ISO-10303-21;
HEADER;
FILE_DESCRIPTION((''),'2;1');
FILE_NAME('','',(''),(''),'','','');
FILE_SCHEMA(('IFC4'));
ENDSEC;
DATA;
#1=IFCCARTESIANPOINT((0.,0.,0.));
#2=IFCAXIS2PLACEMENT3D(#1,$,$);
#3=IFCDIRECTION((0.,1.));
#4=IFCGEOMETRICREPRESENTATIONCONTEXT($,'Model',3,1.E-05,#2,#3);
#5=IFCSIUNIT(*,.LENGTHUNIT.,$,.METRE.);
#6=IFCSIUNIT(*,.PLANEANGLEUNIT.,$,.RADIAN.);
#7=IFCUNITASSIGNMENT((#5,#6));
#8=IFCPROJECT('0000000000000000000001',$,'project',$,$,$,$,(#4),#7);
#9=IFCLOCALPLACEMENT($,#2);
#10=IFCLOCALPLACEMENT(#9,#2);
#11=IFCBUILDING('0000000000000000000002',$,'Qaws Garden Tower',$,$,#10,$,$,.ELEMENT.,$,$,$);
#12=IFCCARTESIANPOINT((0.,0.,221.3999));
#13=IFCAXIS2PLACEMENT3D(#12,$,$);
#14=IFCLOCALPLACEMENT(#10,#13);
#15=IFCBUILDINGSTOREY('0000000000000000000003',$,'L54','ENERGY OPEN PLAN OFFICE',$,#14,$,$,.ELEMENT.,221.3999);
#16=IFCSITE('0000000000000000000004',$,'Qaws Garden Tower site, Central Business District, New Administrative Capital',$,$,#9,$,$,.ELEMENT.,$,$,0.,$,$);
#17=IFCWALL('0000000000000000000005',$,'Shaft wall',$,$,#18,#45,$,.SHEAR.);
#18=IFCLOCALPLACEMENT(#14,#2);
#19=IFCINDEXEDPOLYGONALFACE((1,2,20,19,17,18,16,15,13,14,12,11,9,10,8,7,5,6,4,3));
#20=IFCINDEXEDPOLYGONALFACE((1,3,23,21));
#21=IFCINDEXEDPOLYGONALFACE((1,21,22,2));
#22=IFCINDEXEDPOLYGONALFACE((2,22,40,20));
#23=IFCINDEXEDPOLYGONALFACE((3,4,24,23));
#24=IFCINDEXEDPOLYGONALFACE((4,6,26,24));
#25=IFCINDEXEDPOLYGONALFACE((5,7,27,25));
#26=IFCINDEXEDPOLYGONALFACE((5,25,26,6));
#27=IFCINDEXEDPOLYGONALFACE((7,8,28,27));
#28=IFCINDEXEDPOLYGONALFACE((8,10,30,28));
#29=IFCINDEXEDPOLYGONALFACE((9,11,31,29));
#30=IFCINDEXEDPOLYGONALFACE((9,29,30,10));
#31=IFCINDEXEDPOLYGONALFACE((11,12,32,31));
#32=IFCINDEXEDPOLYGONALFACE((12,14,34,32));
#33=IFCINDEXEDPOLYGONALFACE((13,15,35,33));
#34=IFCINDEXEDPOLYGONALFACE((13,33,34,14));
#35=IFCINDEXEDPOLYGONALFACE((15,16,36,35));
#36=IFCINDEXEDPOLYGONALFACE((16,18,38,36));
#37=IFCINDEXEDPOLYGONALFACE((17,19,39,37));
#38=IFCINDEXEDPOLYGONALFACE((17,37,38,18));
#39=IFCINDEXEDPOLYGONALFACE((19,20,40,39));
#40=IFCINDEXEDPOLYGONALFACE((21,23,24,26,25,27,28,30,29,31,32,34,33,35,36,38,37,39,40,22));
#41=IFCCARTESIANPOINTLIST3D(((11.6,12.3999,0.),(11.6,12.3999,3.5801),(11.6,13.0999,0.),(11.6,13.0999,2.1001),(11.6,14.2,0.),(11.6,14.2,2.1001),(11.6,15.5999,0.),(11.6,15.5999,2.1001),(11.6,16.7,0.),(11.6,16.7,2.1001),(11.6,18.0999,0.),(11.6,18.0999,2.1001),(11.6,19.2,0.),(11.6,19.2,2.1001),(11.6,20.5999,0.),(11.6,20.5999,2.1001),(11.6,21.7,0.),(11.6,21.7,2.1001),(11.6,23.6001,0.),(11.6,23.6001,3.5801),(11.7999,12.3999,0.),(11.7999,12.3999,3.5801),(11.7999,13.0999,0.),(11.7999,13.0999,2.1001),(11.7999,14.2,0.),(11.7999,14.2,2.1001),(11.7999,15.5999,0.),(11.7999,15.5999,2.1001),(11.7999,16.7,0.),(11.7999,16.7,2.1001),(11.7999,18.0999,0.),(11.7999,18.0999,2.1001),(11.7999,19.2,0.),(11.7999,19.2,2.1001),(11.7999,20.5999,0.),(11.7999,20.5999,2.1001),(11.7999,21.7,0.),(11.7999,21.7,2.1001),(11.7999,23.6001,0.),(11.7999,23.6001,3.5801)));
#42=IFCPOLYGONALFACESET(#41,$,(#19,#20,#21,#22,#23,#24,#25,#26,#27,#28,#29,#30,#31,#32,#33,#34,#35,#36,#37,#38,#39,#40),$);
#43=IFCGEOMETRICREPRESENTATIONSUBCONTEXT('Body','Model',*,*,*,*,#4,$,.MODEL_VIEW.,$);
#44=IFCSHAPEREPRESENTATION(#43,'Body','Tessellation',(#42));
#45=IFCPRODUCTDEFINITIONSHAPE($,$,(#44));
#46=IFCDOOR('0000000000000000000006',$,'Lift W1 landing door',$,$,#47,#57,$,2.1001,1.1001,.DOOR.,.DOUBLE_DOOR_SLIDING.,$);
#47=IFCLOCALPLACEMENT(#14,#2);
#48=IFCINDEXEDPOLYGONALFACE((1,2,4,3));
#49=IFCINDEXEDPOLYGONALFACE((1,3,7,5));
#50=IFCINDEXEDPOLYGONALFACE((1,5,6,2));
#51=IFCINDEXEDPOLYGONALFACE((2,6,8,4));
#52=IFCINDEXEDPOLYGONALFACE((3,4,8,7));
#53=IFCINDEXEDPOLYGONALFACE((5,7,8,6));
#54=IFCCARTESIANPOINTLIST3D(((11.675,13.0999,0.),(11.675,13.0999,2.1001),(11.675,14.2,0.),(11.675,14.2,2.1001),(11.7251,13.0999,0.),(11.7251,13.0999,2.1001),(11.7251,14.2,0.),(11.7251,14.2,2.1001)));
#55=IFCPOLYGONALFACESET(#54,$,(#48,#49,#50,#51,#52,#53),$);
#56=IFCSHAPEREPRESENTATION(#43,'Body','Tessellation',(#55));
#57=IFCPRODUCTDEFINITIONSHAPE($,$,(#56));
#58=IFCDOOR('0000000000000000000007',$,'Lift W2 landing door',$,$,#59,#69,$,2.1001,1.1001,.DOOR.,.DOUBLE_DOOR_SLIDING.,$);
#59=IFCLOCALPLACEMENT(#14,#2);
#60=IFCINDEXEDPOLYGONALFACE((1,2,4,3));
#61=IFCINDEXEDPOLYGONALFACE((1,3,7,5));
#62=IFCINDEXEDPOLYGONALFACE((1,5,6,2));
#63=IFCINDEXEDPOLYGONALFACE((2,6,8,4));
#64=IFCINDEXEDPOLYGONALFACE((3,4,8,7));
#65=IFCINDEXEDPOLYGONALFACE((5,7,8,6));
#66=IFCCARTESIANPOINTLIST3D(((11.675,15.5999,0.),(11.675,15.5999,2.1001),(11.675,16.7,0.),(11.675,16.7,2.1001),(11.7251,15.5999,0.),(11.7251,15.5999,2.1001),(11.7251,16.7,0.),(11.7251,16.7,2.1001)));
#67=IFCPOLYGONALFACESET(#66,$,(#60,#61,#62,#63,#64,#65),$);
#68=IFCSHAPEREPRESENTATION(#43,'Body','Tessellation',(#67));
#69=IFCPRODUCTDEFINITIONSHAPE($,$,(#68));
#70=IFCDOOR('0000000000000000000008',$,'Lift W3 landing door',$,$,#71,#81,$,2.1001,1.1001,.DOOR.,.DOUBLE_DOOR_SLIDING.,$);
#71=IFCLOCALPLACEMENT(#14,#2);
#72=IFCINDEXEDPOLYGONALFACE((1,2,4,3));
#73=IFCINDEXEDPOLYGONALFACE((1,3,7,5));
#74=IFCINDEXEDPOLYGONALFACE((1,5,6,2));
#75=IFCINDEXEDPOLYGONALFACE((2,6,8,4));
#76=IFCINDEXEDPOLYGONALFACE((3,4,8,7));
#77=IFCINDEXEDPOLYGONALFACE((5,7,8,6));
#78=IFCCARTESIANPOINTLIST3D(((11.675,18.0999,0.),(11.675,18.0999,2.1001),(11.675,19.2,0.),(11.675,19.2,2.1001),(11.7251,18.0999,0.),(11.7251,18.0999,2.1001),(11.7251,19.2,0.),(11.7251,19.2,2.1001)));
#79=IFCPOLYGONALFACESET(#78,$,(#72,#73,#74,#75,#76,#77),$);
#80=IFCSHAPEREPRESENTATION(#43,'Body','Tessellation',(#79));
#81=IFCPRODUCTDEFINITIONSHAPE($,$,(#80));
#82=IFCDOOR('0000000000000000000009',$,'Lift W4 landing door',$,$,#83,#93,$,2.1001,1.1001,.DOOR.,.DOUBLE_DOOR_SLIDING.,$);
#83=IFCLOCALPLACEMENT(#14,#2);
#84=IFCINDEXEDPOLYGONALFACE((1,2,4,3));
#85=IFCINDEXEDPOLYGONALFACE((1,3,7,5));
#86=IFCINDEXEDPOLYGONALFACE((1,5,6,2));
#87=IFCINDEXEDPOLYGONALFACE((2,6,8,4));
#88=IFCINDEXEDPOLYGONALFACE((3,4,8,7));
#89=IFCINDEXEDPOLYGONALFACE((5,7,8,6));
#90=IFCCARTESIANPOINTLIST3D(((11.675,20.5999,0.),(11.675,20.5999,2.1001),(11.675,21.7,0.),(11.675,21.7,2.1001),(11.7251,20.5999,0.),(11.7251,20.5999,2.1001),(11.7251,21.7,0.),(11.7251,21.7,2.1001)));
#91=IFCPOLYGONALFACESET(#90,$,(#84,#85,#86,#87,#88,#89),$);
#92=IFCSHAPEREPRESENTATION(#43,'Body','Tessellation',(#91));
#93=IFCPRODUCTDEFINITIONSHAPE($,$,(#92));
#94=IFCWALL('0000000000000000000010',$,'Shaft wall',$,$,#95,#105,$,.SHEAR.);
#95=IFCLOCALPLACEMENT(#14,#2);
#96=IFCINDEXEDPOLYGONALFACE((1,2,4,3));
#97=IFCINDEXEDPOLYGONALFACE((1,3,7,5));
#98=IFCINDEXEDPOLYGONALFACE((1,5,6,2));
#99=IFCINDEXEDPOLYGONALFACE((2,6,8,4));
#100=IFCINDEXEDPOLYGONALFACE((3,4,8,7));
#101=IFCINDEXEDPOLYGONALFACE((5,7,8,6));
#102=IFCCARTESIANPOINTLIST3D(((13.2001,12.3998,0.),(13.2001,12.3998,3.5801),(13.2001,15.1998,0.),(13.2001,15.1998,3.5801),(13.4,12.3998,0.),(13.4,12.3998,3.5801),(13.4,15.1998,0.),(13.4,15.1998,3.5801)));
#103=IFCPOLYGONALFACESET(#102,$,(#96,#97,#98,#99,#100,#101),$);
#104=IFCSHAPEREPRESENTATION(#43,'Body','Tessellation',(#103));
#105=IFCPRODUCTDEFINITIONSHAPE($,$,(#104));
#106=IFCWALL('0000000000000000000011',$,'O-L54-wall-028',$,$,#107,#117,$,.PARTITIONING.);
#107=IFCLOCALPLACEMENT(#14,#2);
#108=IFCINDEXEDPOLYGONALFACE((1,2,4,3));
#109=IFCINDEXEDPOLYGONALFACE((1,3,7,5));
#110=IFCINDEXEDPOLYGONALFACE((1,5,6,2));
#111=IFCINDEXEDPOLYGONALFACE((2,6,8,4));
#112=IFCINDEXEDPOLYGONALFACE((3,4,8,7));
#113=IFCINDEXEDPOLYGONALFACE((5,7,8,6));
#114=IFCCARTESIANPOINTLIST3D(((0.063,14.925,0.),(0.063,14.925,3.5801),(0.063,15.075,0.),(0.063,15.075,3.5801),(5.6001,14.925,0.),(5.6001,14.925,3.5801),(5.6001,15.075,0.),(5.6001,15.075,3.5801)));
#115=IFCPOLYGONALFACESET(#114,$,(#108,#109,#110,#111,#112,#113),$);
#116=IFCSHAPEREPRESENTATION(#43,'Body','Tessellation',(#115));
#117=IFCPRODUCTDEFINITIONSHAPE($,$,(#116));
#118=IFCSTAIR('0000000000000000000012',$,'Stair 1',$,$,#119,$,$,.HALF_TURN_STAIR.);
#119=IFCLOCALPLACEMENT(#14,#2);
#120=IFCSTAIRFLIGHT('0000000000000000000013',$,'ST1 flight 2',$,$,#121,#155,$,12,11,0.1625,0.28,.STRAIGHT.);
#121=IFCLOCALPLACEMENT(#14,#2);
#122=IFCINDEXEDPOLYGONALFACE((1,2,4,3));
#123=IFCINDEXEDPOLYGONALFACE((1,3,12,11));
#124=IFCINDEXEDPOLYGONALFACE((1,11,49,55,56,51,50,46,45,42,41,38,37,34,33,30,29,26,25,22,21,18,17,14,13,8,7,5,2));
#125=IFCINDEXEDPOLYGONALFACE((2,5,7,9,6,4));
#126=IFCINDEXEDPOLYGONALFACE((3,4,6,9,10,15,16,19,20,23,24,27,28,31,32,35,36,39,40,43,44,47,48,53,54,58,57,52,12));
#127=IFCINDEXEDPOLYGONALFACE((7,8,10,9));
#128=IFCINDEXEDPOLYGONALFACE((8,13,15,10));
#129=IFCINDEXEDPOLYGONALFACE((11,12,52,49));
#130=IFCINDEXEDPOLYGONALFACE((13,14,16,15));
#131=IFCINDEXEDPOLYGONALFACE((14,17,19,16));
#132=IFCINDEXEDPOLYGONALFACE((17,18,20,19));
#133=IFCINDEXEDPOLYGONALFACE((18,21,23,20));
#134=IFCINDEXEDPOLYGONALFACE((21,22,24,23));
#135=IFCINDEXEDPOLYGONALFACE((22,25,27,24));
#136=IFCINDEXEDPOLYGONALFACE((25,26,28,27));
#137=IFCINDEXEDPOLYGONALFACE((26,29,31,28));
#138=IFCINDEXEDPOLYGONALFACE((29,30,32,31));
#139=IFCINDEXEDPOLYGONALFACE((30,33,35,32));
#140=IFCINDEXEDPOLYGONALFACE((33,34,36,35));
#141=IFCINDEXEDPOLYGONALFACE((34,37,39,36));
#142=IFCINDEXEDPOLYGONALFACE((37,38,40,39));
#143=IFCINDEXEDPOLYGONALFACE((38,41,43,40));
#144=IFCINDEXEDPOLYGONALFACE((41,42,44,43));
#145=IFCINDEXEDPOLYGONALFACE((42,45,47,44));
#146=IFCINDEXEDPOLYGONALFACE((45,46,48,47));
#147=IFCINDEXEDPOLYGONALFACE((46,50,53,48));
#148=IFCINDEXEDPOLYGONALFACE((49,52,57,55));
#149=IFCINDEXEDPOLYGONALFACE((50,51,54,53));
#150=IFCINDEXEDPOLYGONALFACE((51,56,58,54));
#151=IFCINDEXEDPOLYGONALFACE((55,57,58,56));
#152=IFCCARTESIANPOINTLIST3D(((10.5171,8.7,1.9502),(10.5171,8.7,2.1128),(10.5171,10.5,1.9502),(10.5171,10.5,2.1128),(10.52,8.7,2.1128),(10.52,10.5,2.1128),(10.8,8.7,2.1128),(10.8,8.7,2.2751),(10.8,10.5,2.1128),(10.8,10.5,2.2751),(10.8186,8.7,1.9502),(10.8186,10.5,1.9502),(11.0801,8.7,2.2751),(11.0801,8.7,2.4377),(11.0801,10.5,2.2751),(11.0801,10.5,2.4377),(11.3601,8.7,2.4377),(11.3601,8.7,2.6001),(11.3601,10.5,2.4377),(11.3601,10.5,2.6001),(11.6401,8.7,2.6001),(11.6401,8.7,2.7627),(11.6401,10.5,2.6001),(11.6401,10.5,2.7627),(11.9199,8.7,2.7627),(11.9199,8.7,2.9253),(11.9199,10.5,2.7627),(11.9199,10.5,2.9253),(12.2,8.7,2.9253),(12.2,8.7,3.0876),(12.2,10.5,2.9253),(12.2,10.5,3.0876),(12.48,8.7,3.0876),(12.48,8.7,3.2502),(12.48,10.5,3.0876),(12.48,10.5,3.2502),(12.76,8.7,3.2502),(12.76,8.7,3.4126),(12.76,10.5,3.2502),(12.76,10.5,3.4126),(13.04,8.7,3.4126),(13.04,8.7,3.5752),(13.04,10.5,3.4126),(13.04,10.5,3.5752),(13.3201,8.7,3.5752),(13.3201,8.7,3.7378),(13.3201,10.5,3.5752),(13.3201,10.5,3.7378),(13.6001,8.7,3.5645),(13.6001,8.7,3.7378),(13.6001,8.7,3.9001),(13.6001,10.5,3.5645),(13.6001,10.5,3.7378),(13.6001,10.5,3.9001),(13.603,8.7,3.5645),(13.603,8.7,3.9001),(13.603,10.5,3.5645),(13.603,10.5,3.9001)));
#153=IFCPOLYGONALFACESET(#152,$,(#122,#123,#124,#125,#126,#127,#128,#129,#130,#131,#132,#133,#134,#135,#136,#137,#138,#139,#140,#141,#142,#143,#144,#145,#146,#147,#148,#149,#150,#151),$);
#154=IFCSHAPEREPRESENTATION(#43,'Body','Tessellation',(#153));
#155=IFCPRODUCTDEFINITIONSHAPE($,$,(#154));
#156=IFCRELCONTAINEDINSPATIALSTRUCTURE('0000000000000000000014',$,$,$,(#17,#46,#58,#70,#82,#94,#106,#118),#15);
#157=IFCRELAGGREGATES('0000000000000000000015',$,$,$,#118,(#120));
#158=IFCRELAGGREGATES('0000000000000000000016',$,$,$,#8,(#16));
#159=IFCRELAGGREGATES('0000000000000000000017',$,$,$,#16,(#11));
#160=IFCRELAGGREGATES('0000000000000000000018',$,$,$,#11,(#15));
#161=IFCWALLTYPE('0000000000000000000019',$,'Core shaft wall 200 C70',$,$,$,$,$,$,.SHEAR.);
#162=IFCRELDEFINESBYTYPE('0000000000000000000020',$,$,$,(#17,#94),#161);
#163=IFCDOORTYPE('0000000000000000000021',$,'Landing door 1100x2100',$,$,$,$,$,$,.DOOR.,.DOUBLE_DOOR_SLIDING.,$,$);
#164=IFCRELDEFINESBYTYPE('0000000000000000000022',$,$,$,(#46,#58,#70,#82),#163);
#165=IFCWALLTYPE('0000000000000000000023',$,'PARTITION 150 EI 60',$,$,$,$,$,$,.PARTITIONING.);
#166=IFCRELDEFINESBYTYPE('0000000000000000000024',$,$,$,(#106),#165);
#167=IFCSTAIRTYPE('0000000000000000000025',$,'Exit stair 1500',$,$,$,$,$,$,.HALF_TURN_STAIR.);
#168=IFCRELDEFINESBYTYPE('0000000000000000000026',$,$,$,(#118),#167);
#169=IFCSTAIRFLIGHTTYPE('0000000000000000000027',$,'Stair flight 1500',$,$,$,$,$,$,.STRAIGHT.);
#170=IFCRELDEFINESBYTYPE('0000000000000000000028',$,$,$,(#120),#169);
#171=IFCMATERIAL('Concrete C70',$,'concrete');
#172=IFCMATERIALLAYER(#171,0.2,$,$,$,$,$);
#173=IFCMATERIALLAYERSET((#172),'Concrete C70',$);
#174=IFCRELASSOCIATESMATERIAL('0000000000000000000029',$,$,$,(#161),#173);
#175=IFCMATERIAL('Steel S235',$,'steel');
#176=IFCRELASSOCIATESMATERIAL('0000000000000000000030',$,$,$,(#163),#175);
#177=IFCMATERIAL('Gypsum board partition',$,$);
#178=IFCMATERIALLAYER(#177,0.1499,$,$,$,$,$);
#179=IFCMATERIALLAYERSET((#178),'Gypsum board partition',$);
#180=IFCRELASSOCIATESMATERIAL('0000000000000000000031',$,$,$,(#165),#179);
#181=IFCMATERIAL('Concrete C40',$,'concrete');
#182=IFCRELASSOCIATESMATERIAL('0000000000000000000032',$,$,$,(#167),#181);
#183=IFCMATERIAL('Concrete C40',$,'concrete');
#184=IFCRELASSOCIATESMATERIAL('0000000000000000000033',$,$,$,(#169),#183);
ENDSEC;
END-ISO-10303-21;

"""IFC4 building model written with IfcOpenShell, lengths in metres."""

from ifc_helpers import new_model, si_unit, direction, frame, frame_2d, origin, place, context, subcontext, project, spatial, polyline, rectangle, outline, extrude, material, layer, layer_set, type_object, element, fill, aggregate, save


model = new_model("IFC4")

# Units and contexts
model_context = context("Model", 3, precision=1e-05, world=origin(), true_north=direction((0.0, 1.0)))
body_context = subcontext(model_context, "Body", "Model", "MODEL_VIEW")
ifc_project = project(units=[si_unit("LENGTHUNIT", "METRE"), si_unit("PLANEANGLEUNIT", "RADIAN")], contexts=[model_context])

# Site, building, storey
site_placement = place(None, origin())
site = spatial("IfcSite", under=ifc_project, at=site_placement, Name="Qaws Garden Tower site, Central Business District, New Administrative Capital", CompositionType="ELEMENT", RefElevation=0.0)
building_placement = place(site_placement, origin())
building = spatial("IfcBuilding", under=site, at=building_placement, Name="Qaws Garden Tower", CompositionType="ELEMENT")
storey_placement = place(building_placement, frame((0.0, 0.0, 221.3999)))
storey = spatial("IfcBuildingStorey", under=building, at=storey_placement, Name="L54", Description="ENERGY OPEN PLAN OFFICE", CompositionType="ELEMENT", Elevation=221.3999)

# Shared definitions
ifc_material_1 = material(Name="Concrete C70", Category="concrete")
ifc_layer_1 = layer(ifc_material_1, 0.2)
ifc_layer_set_1 = layer_set([ifc_layer_1], Name="Concrete C70")
wall_type_1 = type_object("IfcWallType", Name="Core shaft wall 200 C70", PredefinedType="SHEAR", material=ifc_layer_set_1)

# Wall, openings, doors
wall_1_placement = place(storey_placement, frame((11.7, 12.3999, 0.0), z_axis=(0.0, 0.0, 1.0), x_axis=(0.0, 1.0, 0.0)))
wall_1 = element("IfcWall", 1, at=wall_1_placement, inside=storey, type_object=wall_type_1, Name="Shaft wall", PredefinedType="SHEAR", context=body_context, shape_type="SweptSolid", body=[
    extrude(rectangle(XDim=11.2002, YDim=0.2, at=frame_2d((5.6001, 0.0))), origin(), (0.0, 0.0, 1.0), 3.5801),
])
opening_1_placement = place(wall_1_placement, frame((0.7, 0.0, 0.0)))
opening_1 = element("IfcOpeningElement", 2, at=opening_1_placement, cuts=wall_1, PredefinedType="OPENING", context=body_context, shape_type="SweptSolid", body=[
    extrude(rectangle(XDim=1.1001, YDim=2.1001, at=frame_2d((0.55, 1.05))), frame((0.0, 0.1099, 0.0), z_axis=(0.0, -1.0, 0.0), x_axis=(1.0, 0.0, 0.0)), (0.0, 0.0, 1.0), 0.22),
])
opening_2_placement = place(wall_1_placement, frame((3.2, 0.0, 0.0)))
opening_2 = element("IfcOpeningElement", 3, at=opening_2_placement, cuts=wall_1, PredefinedType="OPENING", context=body_context, shape_type="SweptSolid", body=[
    extrude(rectangle(XDim=1.1001, YDim=2.1001, at=frame_2d((0.55, 1.05))), frame((0.0, 0.1099, 0.0), z_axis=(0.0, -1.0, 0.0), x_axis=(1.0, 0.0, 0.0)), (0.0, 0.0, 1.0), 0.22),
])
opening_3_placement = place(wall_1_placement, frame((5.7, 0.0, 0.0)))
opening_3 = element("IfcOpeningElement", 4, at=opening_3_placement, cuts=wall_1, PredefinedType="OPENING", context=body_context, shape_type="SweptSolid", body=[
    extrude(rectangle(XDim=1.1001, YDim=2.1001, at=frame_2d((0.55, 1.05))), frame((0.0, 0.1099, 0.0), z_axis=(0.0, -1.0, 0.0), x_axis=(1.0, 0.0, 0.0)), (0.0, 0.0, 1.0), 0.22),
])
opening_4_placement = place(wall_1_placement, frame((8.2, 0.0, 0.0)))
opening_4 = element("IfcOpeningElement", 5, at=opening_4_placement, cuts=wall_1, PredefinedType="OPENING", context=body_context, shape_type="SweptSolid", body=[
    extrude(rectangle(XDim=1.1001, YDim=2.1001, at=frame_2d((0.55, 1.05))), frame((0.0, 0.1099, 0.0), z_axis=(0.0, -1.0, 0.0), x_axis=(1.0, 0.0, 0.0)), (0.0, 0.0, 1.0), 0.22),
])
ifc_material_2 = material(Name="Steel S235", Category="steel")
door_type = type_object("IfcDoorType", Name="Landing door 1100x2100", OperationType="DOUBLE_DOOR_SLIDING", PredefinedType="DOOR", material=ifc_material_2)
door_1_placement = place(opening_1_placement, origin())
door_1 = element("IfcDoor", 6, at=door_1_placement, inside=storey, type_object=door_type, Name="Lift W1 landing door", OperationType="DOUBLE_DOOR_SLIDING", OverallHeight=2.1001, OverallWidth=1.1001, PredefinedType="DOOR", context=body_context, shape_type="SweptSolid", body=[
    extrude(rectangle(XDim=1.1001, YDim=2.1001, at=frame_2d((0.55, 1.05))), frame((0.0, 0.0249, 0.0), z_axis=(0.0, -1.0, 0.0), x_axis=(1.0, 0.0, 0.0)), (0.0, 0.0, 1.0), 0.05),
])
fill(opening_1, door_1)
door_2_placement = place(opening_2_placement, origin())
door_2 = element("IfcDoor", 7, at=door_2_placement, inside=storey, type_object=door_type, Name="Lift W2 landing door", OperationType="DOUBLE_DOOR_SLIDING", OverallHeight=2.1001, OverallWidth=1.1001, PredefinedType="DOOR", context=body_context, shape_type="SweptSolid", body=[
    extrude(rectangle(XDim=1.1001, YDim=2.1001, at=frame_2d((0.55, 1.05))), frame((0.0, 0.0249, 0.0), z_axis=(0.0, -1.0, 0.0), x_axis=(1.0, 0.0, 0.0)), (0.0, 0.0, 1.0), 0.05),
])
fill(opening_2, door_2)
door_3_placement = place(opening_3_placement, origin())
door_3 = element("IfcDoor", 8, at=door_3_placement, inside=storey, type_object=door_type, Name="Lift W3 landing door", OperationType="DOUBLE_DOOR_SLIDING", OverallHeight=2.1001, OverallWidth=1.1001, PredefinedType="DOOR", context=body_context, shape_type="SweptSolid", body=[
    extrude(rectangle(XDim=1.1001, YDim=2.1001, at=frame_2d((0.55, 1.05))), frame((0.0, 0.0249, 0.0), z_axis=(0.0, -1.0, 0.0), x_axis=(1.0, 0.0, 0.0)), (0.0, 0.0, 1.0), 0.05),
])
fill(opening_3, door_3)
door_4_placement = place(opening_4_placement, origin())
door_4 = element("IfcDoor", 9, at=door_4_placement, inside=storey, type_object=door_type, Name="Lift W4 landing door", OperationType="DOUBLE_DOOR_SLIDING", OverallHeight=2.1001, OverallWidth=1.1001, PredefinedType="DOOR", context=body_context, shape_type="SweptSolid", body=[
    extrude(rectangle(XDim=1.1001, YDim=2.1001, at=frame_2d((0.55, 1.05))), frame((0.0, 0.0249, 0.0), z_axis=(0.0, -1.0, 0.0), x_axis=(1.0, 0.0, 0.0)), (0.0, 0.0, 1.0), 0.05),
])
fill(opening_4, door_4)

# Walls
wall_2_placement = place(storey_placement, frame((13.3, 12.3999, 0.0), z_axis=(0.0, 0.0, 1.0), x_axis=(0.0, 1.0, 0.0)))
element("IfcWall", 10, at=wall_2_placement, inside=storey, type_object=wall_type_1, Name="Shaft wall", PredefinedType="SHEAR", context=body_context, shape_type="SweptSolid", body=[
    extrude(rectangle(XDim=2.8, YDim=0.2, at=frame_2d((1.3999, 0.0))), origin(), (0.0, 0.0, 1.0), 3.5801),
])
ifc_material_3 = material(Name="Gypsum board partition")
ifc_layer_2 = layer(ifc_material_3, 0.1499)
ifc_layer_set_2 = layer_set([ifc_layer_2], Name="Gypsum board partition")
wall_type_2 = type_object("IfcWallType", Name="PARTITION 150 EI 60", PredefinedType="PARTITIONING", material=ifc_layer_set_2)
wall_3_placement = place(storey_placement, frame((0.063, 15.0, 0.0), z_axis=(0.0, 0.0, 1.0), x_axis=(1.0, 0.0, 0.0)))
element("IfcWall", 11, at=wall_3_placement, inside=storey, type_object=wall_type_2, Name="O-L54-wall-028", PredefinedType="PARTITIONING", context=body_context, shape_type="SweptSolid", body=[
    extrude(rectangle(XDim=5.5371, YDim=0.1499, at=frame_2d((2.7686, 0.0))), origin(), (0.0, 0.0, 1.0), 3.5801),
])

# Stair, stair flight
ifc_material_4 = material(Name="Concrete C40", Category="concrete")
stair_type = type_object("IfcStairType", Name="Exit stair 1500", PredefinedType="HALF_TURN_STAIR", material=ifc_material_4)
stair_placement = place(storey_placement, origin())
stair = element("IfcStair", 12, at=stair_placement, inside=storey, type_object=stair_type, Name="Stair 1", PredefinedType="HALF_TURN_STAIR")
ifc_material_5 = material(Name="Concrete C40", Category="concrete")
stair_flight_type = type_object("IfcStairFlightType", Name="Stair flight 1500", PredefinedType="STRAIGHT", material=ifc_material_5)
stair_flight_placement = place(storey_placement, frame((10.52, 9.6001, 1.9502), z_axis=(0.0, 0.0, 1.0), x_axis=(1.0, 0.0, 0.0)))
stair_flight = element("IfcStairFlight", 13, at=stair_flight_placement, type_object=stair_flight_type, Name="ST1 flight 2", NumberOfRisers=12, NumberOfTreads=11, PredefinedType="STRAIGHT", RiserHeight=0.1625, TreadLength=0.28, context=body_context, shape_type="SweptSolid", body=[
    extrude(outline(polyline([(-0.0029, 0.0), (-0.0029, 0.1626), (0.0, 0.1626), (0.28, 0.1626), (0.28, 0.325), (0.5601, 0.325), (0.5601, 0.4875), (0.8401, 0.4875), (0.8401, 0.6499), (1.1201, 0.6499), (1.1201, 0.8125), (1.3999, 0.8125), (1.3999, 0.9751), (1.6799, 0.9751), (1.6799, 1.1375), (1.96, 1.1375), (1.96, 1.3), (2.24, 1.3), (2.24, 1.4624), (2.52, 1.4624), (2.52, 1.625), (2.8, 1.625), (2.8, 1.7876), (3.0801, 1.7876), (3.0801, 1.95), (3.083, 1.95), (3.083, 1.6143), (3.0801, 1.6143), (0.2986, 0.0), (-0.0029, 0.0)])), frame((0.0, 0.8999, 0.0), z_axis=(0.0, -1.0, 0.0), x_axis=(1.0, 0.0, 0.0)), (0.0, 0.0, 1.0), 1.8),
])
aggregate(stair, [stair_flight])

save(model, "model.ifc")
